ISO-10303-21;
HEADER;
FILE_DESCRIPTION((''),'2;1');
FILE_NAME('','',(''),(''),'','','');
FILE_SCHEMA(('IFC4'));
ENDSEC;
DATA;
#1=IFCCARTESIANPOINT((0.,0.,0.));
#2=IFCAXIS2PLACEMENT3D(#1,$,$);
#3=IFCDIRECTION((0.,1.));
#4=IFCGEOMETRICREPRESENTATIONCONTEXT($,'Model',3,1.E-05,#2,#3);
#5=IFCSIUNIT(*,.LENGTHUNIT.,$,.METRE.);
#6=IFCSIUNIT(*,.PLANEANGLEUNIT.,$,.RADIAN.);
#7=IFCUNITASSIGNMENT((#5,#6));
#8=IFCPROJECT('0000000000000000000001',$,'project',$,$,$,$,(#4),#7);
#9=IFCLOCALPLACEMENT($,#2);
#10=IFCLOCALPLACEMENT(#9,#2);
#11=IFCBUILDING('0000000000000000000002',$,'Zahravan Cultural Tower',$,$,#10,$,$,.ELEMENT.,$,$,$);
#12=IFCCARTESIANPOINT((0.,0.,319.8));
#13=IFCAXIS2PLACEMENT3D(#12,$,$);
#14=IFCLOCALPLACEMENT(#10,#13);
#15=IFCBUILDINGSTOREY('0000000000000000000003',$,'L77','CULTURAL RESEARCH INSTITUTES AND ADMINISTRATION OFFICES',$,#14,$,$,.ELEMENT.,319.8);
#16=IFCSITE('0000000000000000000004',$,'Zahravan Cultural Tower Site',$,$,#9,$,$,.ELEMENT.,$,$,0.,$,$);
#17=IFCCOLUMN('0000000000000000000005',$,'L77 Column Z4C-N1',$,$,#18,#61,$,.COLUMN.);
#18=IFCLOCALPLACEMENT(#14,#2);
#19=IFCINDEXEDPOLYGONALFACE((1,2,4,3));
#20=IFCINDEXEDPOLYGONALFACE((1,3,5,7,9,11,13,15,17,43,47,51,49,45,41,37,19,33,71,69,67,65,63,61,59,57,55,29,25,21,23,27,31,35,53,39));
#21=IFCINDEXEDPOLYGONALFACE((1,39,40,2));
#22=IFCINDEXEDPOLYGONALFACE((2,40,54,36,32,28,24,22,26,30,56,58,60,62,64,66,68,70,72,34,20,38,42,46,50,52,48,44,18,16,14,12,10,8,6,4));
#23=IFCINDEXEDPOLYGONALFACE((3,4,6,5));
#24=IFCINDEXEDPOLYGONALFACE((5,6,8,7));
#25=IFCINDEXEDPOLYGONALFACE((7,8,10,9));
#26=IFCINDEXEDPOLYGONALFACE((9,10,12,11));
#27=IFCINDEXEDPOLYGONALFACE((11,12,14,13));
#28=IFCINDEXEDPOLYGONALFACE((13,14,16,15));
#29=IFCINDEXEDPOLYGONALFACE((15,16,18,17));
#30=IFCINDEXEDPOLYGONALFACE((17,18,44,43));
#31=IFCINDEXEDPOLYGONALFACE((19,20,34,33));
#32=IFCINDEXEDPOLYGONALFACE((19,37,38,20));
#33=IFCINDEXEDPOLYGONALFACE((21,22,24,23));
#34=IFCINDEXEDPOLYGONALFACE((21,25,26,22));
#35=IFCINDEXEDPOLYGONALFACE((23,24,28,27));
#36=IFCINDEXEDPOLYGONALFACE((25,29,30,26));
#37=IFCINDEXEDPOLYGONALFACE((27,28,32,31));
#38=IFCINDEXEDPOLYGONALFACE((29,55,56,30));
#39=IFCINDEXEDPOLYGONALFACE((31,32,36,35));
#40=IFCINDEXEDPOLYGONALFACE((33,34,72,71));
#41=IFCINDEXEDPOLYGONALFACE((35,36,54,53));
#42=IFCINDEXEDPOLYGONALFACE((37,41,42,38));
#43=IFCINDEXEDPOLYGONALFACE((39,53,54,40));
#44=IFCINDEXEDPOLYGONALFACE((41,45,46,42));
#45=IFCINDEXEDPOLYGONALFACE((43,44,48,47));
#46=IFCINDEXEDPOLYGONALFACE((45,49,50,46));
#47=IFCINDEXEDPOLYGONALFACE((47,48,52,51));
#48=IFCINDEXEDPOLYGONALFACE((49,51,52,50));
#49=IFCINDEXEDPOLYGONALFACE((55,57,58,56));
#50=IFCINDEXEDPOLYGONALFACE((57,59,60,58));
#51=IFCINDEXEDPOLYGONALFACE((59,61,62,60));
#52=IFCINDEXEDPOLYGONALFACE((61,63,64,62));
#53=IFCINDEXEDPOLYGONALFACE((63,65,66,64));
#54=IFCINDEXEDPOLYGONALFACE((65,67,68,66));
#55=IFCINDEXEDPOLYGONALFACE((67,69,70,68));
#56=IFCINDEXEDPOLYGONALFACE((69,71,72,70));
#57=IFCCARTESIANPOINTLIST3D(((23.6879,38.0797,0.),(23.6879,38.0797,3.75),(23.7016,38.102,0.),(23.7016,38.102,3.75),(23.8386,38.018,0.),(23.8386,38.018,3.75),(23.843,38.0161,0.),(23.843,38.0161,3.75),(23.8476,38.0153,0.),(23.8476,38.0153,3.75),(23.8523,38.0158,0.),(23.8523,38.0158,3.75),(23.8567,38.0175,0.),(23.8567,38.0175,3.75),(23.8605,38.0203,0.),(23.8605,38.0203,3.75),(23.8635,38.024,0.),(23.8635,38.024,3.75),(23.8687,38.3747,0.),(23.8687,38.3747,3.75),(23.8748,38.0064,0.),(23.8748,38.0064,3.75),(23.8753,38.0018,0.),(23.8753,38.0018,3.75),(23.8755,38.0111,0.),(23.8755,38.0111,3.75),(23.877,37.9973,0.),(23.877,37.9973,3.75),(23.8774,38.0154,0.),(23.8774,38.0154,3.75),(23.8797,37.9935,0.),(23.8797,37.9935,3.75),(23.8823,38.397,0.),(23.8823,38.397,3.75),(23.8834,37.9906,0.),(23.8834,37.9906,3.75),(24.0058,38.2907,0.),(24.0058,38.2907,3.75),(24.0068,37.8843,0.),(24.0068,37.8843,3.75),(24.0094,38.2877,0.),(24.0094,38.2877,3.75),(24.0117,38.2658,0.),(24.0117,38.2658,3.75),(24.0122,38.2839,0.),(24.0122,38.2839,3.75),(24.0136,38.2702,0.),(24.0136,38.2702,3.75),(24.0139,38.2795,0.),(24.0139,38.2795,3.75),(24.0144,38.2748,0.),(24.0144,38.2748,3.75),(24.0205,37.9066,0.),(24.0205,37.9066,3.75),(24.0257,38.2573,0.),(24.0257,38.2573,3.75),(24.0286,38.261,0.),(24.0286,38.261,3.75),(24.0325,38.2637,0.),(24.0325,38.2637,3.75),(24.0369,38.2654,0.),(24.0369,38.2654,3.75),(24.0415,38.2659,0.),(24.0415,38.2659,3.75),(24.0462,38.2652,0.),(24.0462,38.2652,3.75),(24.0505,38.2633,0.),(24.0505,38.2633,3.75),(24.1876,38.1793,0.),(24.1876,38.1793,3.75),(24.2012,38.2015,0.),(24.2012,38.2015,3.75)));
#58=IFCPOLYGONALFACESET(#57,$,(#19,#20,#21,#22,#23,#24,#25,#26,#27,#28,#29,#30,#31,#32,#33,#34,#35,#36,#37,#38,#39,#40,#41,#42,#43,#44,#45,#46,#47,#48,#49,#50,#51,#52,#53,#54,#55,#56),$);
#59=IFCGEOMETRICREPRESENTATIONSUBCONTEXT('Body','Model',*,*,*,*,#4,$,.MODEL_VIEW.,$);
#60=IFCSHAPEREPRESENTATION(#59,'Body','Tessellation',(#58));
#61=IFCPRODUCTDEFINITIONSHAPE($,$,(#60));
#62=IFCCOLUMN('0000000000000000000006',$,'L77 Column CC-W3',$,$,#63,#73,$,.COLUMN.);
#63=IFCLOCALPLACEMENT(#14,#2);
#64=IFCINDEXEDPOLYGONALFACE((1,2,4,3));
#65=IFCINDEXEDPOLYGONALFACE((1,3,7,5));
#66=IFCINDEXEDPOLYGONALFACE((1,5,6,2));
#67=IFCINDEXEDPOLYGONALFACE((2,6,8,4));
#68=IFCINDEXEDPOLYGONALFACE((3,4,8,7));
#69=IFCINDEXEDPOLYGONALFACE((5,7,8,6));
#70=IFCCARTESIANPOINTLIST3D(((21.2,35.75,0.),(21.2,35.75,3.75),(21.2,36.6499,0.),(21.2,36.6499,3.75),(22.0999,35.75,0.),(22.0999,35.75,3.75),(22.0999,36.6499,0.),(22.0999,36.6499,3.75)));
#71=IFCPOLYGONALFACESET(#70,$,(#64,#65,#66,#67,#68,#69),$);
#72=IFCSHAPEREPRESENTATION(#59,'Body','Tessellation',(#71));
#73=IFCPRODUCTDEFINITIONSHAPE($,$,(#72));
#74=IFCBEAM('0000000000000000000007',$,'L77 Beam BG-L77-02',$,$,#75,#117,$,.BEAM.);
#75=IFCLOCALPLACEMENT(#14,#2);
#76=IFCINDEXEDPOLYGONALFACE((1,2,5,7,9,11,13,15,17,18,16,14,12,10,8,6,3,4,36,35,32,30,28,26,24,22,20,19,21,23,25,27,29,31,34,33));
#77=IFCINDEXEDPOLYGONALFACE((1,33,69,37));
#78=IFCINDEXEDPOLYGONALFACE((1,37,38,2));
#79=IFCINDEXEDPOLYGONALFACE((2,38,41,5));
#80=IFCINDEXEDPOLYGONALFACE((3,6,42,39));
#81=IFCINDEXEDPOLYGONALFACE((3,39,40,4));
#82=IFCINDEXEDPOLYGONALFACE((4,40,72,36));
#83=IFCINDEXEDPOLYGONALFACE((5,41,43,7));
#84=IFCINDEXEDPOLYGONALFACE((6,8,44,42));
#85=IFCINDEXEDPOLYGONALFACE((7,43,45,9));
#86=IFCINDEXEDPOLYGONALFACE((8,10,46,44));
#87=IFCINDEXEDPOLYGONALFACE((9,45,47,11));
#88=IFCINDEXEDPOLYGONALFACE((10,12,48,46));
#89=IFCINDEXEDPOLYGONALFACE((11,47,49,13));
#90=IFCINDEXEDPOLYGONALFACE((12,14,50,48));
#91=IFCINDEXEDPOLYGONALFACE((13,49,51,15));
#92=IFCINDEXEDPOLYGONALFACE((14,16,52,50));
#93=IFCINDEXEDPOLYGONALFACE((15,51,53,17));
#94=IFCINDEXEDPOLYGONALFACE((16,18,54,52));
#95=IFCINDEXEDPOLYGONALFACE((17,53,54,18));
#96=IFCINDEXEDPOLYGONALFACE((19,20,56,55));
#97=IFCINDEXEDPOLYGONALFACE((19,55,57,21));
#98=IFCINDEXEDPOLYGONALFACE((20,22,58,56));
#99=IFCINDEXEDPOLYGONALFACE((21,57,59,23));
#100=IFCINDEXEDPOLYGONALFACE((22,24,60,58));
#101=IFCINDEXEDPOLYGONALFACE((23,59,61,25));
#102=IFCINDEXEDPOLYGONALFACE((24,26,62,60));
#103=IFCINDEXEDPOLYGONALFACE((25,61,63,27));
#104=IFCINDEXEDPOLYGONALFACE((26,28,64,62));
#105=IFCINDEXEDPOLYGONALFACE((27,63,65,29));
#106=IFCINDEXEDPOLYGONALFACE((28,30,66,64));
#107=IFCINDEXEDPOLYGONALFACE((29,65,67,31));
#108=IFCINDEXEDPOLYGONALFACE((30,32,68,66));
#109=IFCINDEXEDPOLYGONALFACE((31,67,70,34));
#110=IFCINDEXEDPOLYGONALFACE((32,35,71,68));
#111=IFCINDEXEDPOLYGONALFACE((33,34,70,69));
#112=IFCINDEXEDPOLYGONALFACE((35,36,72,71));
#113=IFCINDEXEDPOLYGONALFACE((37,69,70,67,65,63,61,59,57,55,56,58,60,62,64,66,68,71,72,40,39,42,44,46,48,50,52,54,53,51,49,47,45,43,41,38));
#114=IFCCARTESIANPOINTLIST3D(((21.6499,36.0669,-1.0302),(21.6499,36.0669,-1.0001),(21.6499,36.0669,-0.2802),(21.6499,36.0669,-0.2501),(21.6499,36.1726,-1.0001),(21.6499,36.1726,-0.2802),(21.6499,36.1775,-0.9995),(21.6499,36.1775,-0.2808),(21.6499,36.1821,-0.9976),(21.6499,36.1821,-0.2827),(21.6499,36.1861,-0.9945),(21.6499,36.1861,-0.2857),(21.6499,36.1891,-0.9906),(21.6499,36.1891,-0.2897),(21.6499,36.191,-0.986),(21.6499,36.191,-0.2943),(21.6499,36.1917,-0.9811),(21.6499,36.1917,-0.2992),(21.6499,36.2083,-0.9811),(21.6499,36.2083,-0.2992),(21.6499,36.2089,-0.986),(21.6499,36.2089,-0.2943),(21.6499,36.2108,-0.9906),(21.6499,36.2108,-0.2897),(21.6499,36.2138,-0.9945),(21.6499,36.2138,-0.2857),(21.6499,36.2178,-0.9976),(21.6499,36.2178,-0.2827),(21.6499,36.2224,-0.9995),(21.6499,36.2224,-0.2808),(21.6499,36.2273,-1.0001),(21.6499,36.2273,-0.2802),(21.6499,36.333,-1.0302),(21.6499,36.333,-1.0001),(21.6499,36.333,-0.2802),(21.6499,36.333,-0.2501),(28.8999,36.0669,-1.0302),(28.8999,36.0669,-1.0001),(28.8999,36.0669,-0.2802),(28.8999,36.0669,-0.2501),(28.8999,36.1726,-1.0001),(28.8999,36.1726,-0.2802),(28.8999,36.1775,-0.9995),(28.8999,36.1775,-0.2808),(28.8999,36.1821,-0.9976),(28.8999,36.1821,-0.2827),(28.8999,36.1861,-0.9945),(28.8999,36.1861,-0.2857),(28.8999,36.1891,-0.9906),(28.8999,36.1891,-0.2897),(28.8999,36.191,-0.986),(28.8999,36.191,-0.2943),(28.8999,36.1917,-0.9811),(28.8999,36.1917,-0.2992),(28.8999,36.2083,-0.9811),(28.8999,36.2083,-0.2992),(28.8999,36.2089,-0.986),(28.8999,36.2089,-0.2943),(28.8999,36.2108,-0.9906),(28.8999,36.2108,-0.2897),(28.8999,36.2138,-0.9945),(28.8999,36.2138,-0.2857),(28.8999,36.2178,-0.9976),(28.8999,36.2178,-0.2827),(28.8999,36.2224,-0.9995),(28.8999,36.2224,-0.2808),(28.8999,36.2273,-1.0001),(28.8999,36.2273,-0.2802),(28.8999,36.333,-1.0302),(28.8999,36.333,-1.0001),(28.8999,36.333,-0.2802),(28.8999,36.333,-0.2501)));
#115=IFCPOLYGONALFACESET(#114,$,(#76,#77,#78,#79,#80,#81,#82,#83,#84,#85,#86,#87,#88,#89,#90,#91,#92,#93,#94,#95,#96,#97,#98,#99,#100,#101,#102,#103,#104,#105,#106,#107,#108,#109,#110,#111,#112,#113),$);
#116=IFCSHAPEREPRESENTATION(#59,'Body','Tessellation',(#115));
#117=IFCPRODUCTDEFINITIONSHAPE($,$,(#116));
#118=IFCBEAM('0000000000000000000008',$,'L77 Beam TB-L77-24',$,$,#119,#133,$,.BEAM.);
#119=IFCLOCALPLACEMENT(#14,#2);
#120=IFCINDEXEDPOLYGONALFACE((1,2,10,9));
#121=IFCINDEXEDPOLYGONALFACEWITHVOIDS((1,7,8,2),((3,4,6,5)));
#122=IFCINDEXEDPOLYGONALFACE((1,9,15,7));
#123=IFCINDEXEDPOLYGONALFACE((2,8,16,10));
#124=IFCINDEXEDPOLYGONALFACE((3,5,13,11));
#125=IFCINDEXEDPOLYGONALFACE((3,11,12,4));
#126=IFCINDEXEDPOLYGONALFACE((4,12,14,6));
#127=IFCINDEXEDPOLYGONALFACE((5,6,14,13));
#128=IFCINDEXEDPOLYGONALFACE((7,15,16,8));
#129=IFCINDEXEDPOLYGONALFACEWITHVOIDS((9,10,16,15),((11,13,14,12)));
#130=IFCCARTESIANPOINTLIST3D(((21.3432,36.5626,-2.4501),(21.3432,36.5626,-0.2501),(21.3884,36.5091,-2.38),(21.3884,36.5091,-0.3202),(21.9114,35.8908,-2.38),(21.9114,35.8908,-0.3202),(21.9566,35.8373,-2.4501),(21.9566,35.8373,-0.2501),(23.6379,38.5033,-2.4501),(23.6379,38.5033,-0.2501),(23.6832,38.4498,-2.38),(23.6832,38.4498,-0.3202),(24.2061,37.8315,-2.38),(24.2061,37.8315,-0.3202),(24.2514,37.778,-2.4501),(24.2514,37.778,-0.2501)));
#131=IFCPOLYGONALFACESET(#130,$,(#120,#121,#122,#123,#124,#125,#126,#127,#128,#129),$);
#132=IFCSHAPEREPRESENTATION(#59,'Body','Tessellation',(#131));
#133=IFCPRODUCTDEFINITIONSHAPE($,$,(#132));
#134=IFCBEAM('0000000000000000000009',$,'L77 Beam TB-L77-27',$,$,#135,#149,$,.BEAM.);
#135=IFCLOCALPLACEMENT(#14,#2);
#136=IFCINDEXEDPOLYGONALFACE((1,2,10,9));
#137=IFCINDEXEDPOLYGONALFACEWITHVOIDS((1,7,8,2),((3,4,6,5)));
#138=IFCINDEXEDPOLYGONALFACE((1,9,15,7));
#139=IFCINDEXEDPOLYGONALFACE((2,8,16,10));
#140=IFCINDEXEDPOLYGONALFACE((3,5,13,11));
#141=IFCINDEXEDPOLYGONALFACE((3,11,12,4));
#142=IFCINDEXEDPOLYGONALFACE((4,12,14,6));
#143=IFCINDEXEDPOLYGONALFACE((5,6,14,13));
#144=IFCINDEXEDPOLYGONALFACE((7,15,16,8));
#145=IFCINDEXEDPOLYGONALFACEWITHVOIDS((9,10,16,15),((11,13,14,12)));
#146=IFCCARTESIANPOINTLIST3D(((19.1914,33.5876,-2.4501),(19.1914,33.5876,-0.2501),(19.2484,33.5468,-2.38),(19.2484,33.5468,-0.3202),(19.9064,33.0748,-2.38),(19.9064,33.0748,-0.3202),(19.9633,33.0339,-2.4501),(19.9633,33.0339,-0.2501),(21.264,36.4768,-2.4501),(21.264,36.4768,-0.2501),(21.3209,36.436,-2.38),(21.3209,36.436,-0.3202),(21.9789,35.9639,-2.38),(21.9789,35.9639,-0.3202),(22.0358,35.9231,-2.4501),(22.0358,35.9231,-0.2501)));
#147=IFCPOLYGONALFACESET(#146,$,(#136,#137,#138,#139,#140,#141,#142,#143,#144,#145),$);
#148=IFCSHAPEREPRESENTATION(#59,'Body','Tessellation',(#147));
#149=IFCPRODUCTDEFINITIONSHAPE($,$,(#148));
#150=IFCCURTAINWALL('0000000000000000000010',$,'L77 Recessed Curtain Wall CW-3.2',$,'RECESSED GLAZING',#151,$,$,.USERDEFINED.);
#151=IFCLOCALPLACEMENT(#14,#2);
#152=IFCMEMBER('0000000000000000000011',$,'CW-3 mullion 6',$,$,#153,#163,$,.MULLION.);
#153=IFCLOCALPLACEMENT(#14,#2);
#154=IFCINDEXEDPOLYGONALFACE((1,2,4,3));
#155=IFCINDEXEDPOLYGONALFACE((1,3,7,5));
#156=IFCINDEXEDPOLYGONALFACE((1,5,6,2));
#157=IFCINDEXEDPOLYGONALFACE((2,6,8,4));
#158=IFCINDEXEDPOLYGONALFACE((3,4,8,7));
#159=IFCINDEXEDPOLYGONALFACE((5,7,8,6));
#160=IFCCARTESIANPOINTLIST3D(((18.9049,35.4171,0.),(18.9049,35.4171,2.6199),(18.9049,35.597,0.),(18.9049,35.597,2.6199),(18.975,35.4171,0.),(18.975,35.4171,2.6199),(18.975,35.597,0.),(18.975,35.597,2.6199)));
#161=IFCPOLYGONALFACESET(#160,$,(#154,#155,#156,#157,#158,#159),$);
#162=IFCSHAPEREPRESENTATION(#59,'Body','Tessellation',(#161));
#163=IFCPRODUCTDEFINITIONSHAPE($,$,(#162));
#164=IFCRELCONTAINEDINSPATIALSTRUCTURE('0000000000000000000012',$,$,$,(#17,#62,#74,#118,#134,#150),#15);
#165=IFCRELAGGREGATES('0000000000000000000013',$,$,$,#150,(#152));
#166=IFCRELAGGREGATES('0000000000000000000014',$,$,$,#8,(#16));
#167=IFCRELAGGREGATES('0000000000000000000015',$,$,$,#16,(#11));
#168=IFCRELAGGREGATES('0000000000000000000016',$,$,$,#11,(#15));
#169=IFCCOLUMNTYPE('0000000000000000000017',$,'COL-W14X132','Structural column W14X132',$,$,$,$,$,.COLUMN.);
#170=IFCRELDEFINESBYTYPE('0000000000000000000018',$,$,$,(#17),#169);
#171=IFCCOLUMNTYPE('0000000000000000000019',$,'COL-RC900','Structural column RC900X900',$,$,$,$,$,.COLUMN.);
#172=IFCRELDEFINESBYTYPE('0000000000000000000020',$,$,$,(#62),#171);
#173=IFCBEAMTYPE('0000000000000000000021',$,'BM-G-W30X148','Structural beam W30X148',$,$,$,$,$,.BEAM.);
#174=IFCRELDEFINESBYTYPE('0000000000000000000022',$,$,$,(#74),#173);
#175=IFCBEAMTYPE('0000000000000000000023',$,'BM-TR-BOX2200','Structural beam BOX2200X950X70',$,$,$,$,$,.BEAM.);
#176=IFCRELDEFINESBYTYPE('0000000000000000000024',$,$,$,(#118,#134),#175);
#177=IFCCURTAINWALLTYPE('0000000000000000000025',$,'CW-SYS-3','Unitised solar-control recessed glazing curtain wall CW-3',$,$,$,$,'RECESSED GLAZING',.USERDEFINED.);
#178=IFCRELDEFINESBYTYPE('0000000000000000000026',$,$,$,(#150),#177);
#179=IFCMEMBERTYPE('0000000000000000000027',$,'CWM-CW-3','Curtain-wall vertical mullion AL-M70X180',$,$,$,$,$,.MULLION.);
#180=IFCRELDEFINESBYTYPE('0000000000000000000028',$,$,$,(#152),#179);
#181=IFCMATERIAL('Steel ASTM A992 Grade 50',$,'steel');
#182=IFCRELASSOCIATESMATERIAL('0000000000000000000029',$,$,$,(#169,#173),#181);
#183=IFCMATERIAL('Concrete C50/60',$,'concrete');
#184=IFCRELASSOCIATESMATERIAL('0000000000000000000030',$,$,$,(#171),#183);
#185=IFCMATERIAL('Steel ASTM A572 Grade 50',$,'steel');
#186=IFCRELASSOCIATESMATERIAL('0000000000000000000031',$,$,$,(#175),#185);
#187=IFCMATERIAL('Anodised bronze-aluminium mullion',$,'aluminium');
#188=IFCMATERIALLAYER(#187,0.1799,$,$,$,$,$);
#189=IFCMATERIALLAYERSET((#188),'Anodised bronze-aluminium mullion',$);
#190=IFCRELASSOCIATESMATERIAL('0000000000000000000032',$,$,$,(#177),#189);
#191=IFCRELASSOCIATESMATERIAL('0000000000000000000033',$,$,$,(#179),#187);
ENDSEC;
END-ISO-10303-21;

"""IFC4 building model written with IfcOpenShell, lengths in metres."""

from ifc_helpers import new_model, si_unit, direction, frame, origin, origin_2d, place, context, subcontext, project, spatial, rectangle, hollow_rectangle, i_section, extrude, source, transform, mapped, material, layer, layer_set, material_profile, profile_set, type_object, element, aggregate, save


model = new_model("IFC4")

# Units and contexts
model_context = context("Model", 3, precision=1e-05, world=origin(), true_north=direction((0.0, 1.0)))
body_context = subcontext(model_context, "Body", "Model", "MODEL_VIEW")
ifc_project = project(units=[si_unit("LENGTHUNIT", "METRE"), si_unit("PLANEANGLEUNIT", "RADIAN")], contexts=[model_context])

# Site, building, storey
site_placement = place(None, origin())
site = spatial("IfcSite", under=ifc_project, at=site_placement, Name="Zahravan Cultural Tower Site", CompositionType="ELEMENT", RefElevation=0.0)
building_placement = place(site_placement, origin())
building = spatial("IfcBuilding", under=site, at=building_placement, Name="Zahravan Cultural Tower", CompositionType="ELEMENT")
storey_placement = place(building_placement, frame((0.0, 0.0, 319.8)))
storey = spatial("IfcBuildingStorey", under=building, at=storey_placement, Name="L77", Description="CULTURAL RESEARCH INSTITUTES AND ADMINISTRATION OFFICES", CompositionType="ELEMENT", Elevation=319.8)

# Columns
ifc_material_1 = material(Name="Steel ASTM A992 Grade 50", Category="steel")
ifc_material_profile_1 = material_profile(ifc_material_1, i_section(OverallWidth=0.374, OverallDepth=0.3721, WebThickness=0.0164, FlangeThickness=0.0261, FilletRadius=0.0181, at=origin_2d()), Name="W14X132")
ifc_profile_set_1 = profile_set([ifc_material_profile_1], Name="Steel ASTM A992 Grade 50")
column_type_1 = type_object("IfcColumnType", Name="COL-W14X132", Description="Structural column W14X132", PredefinedType="COLUMN", material=ifc_profile_set_1)
shared_shape_1 = source(origin(), body_context, "Body", "SweptSolid", [
    extrude(i_section(OverallWidth=0.374, OverallDepth=0.3721, WebThickness=0.0164, FlangeThickness=0.0261, FilletRadius=0.0181, at=origin_2d()), origin(), (0.0, 0.0, 1.0), 3.75),
])
column_1_placement = place(storey_placement, frame((23.9446, 38.1406, 0.0), z_axis=(0.0, 0.0, 1.0), x_axis=(-0.85264, 0.522499, 0.0)))
element("IfcColumn", 1, at=column_1_placement, inside=storey, type_object=column_type_1, Name="L77 Column Z4C-N1", PredefinedType="COLUMN", context=body_context, shape_type="MappedRepresentation", body=[
    mapped(shared_shape_1, transform((0.0, 0.0, 0.0), x_axis=(1.0, 0.0, 0.0), y_axis=(0.0, 1.0, 0.0), z_axis=(0.0, 0.0, 1.0), scale=1.0)),
])
ifc_material_2 = material(Name="Concrete C50/60", Category="concrete")
ifc_material_profile_2 = material_profile(ifc_material_2, rectangle(XDim=0.8999, YDim=0.8999, at=origin_2d()), Name="RC900X900")
ifc_profile_set_2 = profile_set([ifc_material_profile_2], Name="Concrete C50/60")
column_type_2 = type_object("IfcColumnType", Name="COL-RC900", Description="Structural column RC900X900", PredefinedType="COLUMN", material=ifc_profile_set_2)
shared_shape_2 = source(origin(), body_context, "Body", "SweptSolid", [
    extrude(rectangle(XDim=0.8999, YDim=0.8999, at=origin_2d()), origin(), (0.0, 0.0, 1.0), 3.75),
])
column_2_placement = place(storey_placement, frame((21.6499, 36.2, 0.0), z_axis=(0.0, 0.0, 1.0), x_axis=(1.0, 0.0, 0.0)))
element("IfcColumn", 2, at=column_2_placement, inside=storey, type_object=column_type_2, Name="L77 Column CC-W3", PredefinedType="COLUMN", context=body_context, shape_type="MappedRepresentation", body=[
    mapped(shared_shape_2, transform((0.0, 0.0, 0.0), x_axis=(1.0, 0.0, 0.0), y_axis=(0.0, 1.0, 0.0), z_axis=(0.0, 0.0, 1.0), scale=1.0)),
])

# Beams
ifc_material_profile_3 = material_profile(ifc_material_1, i_section(OverallWidth=0.2661, OverallDepth=0.78, WebThickness=0.0166, FlangeThickness=0.03, FilletRadius=0.019, at=origin_2d()), Name="W30X148")
ifc_profile_set_3 = profile_set([ifc_material_profile_3], Name="Steel ASTM A992 Grade 50")
beam_type_1 = type_object("IfcBeamType", Name="BM-G-W30X148", Description="Structural beam W30X148", PredefinedType="BEAM", material=ifc_profile_set_3)
shared_shape_3 = source(origin(), body_context, "Body", "SweptSolid", [
    extrude(i_section(OverallWidth=0.2661, OverallDepth=0.78, WebThickness=0.0166, FlangeThickness=0.03, FilletRadius=0.019, at=origin_2d()), origin(), (0.0, 0.0, 1.0), 7.25),
])
beam_1_placement = place(storey_placement, frame((21.6499, 36.2, -0.6401), z_axis=(1.0, 0.0, 0.0), x_axis=(0.0, 1.0, 0.0)))
element("IfcBeam", 3, at=beam_1_placement, inside=storey, type_object=beam_type_1, Name="L77 Beam BG-L77-02", PredefinedType="BEAM", context=body_context, shape_type="MappedRepresentation", body=[
    mapped(shared_shape_3, transform((0.0, 0.0, 0.0), x_axis=(1.0, 0.0, 0.0), y_axis=(0.0, 1.0, 0.0), z_axis=(0.0, 0.0, 1.0), scale=1.0)),
])
ifc_material_3 = material(Name="Steel ASTM A572 Grade 50", Category="steel")
ifc_material_profile_4 = material_profile(ifc_material_3, hollow_rectangle(XDim=0.95, YDim=2.2, WallThickness=0.0701, at=origin_2d()), Name="BOX2200X950X70")
ifc_profile_set_4 = profile_set([ifc_material_profile_4], Name="Steel ASTM A572 Grade 50")
beam_type_2 = type_object("IfcBeamType", Name="BM-TR-BOX2200", Description="Structural beam BOX2200X950X70", PredefinedType="BEAM", material=ifc_profile_set_4)
shared_shape_4 = source(origin(), body_context, "Body", "SweptSolid", [
    extrude(hollow_rectangle(XDim=0.95, YDim=2.2, WallThickness=0.0701, at=origin_2d()), origin(), (0.0, 0.0, 1.0), 3.0054),
])
beam_2_placement = place(storey_placement, frame((21.6499, 36.2, -1.3501), z_axis=(0.763546, 0.645753, 0.0), x_axis=(-0.645753, 0.763546, 0.0)))
element("IfcBeam", 4, at=beam_2_placement, inside=storey, type_object=beam_type_2, Name="L77 Beam TB-L77-24", PredefinedType="BEAM", context=body_context, shape_type="MappedRepresentation", body=[
    mapped(shared_shape_4, transform((0.0, 0.0, 0.0), x_axis=(1.0, 0.0, 0.0), y_axis=(0.0, 1.0, 0.0), z_axis=(0.0, 0.0, 1.0), scale=1.0)),
])
shared_shape_5 = source(origin(), body_context, "Body", "SweptSolid", [
    extrude(hollow_rectangle(XDim=0.95, YDim=2.2, WallThickness=0.0701, at=origin_2d()), origin(), (0.0, 0.0, 1.0), 3.5557),
])
beam_3_placement = place(storey_placement, frame((21.6499, 36.2, -1.3501), z_axis=(-0.58288, -0.812558, 0.0), x_axis=(0.812558, -0.58288, 0.0)))
element("IfcBeam", 5, at=beam_3_placement, inside=storey, type_object=beam_type_2, Name="L77 Beam TB-L77-27", PredefinedType="BEAM", context=body_context, shape_type="MappedRepresentation", body=[
    mapped(shared_shape_5, transform((0.0, 0.0, 0.0), x_axis=(1.0, 0.0, 0.0), y_axis=(0.0, 1.0, 0.0), z_axis=(0.0, 0.0, 1.0), scale=1.0)),
])

# Curtain wall, member
ifc_material_4 = material(Name="Anodised bronze-aluminium mullion", Category="aluminium")
ifc_layer_1 = layer(ifc_material_4, 0.1799)
ifc_layer_set_1 = layer_set([ifc_layer_1], Name="Anodised bronze-aluminium mullion")
curtain_wall_type = type_object("IfcCurtainWallType", Name="CW-SYS-3", Description="Unitised solar-control recessed glazing curtain wall CW-3", ElementType="RECESSED GLAZING", PredefinedType="USERDEFINED", material=ifc_layer_set_1)
curtain_wall_placement = place(storey_placement, origin())
curtain_wall = element("IfcCurtainWall", 6, at=curtain_wall_placement, inside=storey, type_object=curtain_wall_type, Name="L77 Recessed Curtain Wall CW-3.2", ObjectType="RECESSED GLAZING", PredefinedType="USERDEFINED")
ifc_material_profile_5 = material_profile(ifc_material_4, rectangle(XDim=0.0701, YDim=0.1799, at=origin_2d()), Name="AL-M70X180")
ifc_profile_set_5 = profile_set([ifc_material_profile_5], Name="Anodised bronze-aluminium mullion")
member_type = type_object("IfcMemberType", Name="CWM-CW-3", Description="Curtain-wall vertical mullion AL-M70X180", PredefinedType="MULLION", material=ifc_profile_set_5)
shared_shape_6 = source(origin(), body_context, "Body", "SweptSolid", [
    extrude(rectangle(XDim=0.0701, YDim=0.1799, at=origin_2d()), origin(), (0.0, 0.0, 1.0), 2.6199),
])
member_placement = place(storey_placement, frame((18.9399, 35.5071, 0.0), z_axis=(0.0, 0.0, 1.0), x_axis=(-1.0, 0.0, 0.0)))
member = element("IfcMember", 7, at=member_placement, type_object=member_type, Name="CW-3 mullion 6", PredefinedType="MULLION", context=body_context, shape_type="MappedRepresentation", body=[
    mapped(shared_shape_6, transform((0.0, 0.0, 0.0), x_axis=(1.0, 0.0, 0.0), y_axis=(0.0, 1.0, 0.0), z_axis=(0.0, 0.0, 1.0), scale=1.0)),
])
aggregate(curtain_wall, [member])

save(model, "model.ifc")
